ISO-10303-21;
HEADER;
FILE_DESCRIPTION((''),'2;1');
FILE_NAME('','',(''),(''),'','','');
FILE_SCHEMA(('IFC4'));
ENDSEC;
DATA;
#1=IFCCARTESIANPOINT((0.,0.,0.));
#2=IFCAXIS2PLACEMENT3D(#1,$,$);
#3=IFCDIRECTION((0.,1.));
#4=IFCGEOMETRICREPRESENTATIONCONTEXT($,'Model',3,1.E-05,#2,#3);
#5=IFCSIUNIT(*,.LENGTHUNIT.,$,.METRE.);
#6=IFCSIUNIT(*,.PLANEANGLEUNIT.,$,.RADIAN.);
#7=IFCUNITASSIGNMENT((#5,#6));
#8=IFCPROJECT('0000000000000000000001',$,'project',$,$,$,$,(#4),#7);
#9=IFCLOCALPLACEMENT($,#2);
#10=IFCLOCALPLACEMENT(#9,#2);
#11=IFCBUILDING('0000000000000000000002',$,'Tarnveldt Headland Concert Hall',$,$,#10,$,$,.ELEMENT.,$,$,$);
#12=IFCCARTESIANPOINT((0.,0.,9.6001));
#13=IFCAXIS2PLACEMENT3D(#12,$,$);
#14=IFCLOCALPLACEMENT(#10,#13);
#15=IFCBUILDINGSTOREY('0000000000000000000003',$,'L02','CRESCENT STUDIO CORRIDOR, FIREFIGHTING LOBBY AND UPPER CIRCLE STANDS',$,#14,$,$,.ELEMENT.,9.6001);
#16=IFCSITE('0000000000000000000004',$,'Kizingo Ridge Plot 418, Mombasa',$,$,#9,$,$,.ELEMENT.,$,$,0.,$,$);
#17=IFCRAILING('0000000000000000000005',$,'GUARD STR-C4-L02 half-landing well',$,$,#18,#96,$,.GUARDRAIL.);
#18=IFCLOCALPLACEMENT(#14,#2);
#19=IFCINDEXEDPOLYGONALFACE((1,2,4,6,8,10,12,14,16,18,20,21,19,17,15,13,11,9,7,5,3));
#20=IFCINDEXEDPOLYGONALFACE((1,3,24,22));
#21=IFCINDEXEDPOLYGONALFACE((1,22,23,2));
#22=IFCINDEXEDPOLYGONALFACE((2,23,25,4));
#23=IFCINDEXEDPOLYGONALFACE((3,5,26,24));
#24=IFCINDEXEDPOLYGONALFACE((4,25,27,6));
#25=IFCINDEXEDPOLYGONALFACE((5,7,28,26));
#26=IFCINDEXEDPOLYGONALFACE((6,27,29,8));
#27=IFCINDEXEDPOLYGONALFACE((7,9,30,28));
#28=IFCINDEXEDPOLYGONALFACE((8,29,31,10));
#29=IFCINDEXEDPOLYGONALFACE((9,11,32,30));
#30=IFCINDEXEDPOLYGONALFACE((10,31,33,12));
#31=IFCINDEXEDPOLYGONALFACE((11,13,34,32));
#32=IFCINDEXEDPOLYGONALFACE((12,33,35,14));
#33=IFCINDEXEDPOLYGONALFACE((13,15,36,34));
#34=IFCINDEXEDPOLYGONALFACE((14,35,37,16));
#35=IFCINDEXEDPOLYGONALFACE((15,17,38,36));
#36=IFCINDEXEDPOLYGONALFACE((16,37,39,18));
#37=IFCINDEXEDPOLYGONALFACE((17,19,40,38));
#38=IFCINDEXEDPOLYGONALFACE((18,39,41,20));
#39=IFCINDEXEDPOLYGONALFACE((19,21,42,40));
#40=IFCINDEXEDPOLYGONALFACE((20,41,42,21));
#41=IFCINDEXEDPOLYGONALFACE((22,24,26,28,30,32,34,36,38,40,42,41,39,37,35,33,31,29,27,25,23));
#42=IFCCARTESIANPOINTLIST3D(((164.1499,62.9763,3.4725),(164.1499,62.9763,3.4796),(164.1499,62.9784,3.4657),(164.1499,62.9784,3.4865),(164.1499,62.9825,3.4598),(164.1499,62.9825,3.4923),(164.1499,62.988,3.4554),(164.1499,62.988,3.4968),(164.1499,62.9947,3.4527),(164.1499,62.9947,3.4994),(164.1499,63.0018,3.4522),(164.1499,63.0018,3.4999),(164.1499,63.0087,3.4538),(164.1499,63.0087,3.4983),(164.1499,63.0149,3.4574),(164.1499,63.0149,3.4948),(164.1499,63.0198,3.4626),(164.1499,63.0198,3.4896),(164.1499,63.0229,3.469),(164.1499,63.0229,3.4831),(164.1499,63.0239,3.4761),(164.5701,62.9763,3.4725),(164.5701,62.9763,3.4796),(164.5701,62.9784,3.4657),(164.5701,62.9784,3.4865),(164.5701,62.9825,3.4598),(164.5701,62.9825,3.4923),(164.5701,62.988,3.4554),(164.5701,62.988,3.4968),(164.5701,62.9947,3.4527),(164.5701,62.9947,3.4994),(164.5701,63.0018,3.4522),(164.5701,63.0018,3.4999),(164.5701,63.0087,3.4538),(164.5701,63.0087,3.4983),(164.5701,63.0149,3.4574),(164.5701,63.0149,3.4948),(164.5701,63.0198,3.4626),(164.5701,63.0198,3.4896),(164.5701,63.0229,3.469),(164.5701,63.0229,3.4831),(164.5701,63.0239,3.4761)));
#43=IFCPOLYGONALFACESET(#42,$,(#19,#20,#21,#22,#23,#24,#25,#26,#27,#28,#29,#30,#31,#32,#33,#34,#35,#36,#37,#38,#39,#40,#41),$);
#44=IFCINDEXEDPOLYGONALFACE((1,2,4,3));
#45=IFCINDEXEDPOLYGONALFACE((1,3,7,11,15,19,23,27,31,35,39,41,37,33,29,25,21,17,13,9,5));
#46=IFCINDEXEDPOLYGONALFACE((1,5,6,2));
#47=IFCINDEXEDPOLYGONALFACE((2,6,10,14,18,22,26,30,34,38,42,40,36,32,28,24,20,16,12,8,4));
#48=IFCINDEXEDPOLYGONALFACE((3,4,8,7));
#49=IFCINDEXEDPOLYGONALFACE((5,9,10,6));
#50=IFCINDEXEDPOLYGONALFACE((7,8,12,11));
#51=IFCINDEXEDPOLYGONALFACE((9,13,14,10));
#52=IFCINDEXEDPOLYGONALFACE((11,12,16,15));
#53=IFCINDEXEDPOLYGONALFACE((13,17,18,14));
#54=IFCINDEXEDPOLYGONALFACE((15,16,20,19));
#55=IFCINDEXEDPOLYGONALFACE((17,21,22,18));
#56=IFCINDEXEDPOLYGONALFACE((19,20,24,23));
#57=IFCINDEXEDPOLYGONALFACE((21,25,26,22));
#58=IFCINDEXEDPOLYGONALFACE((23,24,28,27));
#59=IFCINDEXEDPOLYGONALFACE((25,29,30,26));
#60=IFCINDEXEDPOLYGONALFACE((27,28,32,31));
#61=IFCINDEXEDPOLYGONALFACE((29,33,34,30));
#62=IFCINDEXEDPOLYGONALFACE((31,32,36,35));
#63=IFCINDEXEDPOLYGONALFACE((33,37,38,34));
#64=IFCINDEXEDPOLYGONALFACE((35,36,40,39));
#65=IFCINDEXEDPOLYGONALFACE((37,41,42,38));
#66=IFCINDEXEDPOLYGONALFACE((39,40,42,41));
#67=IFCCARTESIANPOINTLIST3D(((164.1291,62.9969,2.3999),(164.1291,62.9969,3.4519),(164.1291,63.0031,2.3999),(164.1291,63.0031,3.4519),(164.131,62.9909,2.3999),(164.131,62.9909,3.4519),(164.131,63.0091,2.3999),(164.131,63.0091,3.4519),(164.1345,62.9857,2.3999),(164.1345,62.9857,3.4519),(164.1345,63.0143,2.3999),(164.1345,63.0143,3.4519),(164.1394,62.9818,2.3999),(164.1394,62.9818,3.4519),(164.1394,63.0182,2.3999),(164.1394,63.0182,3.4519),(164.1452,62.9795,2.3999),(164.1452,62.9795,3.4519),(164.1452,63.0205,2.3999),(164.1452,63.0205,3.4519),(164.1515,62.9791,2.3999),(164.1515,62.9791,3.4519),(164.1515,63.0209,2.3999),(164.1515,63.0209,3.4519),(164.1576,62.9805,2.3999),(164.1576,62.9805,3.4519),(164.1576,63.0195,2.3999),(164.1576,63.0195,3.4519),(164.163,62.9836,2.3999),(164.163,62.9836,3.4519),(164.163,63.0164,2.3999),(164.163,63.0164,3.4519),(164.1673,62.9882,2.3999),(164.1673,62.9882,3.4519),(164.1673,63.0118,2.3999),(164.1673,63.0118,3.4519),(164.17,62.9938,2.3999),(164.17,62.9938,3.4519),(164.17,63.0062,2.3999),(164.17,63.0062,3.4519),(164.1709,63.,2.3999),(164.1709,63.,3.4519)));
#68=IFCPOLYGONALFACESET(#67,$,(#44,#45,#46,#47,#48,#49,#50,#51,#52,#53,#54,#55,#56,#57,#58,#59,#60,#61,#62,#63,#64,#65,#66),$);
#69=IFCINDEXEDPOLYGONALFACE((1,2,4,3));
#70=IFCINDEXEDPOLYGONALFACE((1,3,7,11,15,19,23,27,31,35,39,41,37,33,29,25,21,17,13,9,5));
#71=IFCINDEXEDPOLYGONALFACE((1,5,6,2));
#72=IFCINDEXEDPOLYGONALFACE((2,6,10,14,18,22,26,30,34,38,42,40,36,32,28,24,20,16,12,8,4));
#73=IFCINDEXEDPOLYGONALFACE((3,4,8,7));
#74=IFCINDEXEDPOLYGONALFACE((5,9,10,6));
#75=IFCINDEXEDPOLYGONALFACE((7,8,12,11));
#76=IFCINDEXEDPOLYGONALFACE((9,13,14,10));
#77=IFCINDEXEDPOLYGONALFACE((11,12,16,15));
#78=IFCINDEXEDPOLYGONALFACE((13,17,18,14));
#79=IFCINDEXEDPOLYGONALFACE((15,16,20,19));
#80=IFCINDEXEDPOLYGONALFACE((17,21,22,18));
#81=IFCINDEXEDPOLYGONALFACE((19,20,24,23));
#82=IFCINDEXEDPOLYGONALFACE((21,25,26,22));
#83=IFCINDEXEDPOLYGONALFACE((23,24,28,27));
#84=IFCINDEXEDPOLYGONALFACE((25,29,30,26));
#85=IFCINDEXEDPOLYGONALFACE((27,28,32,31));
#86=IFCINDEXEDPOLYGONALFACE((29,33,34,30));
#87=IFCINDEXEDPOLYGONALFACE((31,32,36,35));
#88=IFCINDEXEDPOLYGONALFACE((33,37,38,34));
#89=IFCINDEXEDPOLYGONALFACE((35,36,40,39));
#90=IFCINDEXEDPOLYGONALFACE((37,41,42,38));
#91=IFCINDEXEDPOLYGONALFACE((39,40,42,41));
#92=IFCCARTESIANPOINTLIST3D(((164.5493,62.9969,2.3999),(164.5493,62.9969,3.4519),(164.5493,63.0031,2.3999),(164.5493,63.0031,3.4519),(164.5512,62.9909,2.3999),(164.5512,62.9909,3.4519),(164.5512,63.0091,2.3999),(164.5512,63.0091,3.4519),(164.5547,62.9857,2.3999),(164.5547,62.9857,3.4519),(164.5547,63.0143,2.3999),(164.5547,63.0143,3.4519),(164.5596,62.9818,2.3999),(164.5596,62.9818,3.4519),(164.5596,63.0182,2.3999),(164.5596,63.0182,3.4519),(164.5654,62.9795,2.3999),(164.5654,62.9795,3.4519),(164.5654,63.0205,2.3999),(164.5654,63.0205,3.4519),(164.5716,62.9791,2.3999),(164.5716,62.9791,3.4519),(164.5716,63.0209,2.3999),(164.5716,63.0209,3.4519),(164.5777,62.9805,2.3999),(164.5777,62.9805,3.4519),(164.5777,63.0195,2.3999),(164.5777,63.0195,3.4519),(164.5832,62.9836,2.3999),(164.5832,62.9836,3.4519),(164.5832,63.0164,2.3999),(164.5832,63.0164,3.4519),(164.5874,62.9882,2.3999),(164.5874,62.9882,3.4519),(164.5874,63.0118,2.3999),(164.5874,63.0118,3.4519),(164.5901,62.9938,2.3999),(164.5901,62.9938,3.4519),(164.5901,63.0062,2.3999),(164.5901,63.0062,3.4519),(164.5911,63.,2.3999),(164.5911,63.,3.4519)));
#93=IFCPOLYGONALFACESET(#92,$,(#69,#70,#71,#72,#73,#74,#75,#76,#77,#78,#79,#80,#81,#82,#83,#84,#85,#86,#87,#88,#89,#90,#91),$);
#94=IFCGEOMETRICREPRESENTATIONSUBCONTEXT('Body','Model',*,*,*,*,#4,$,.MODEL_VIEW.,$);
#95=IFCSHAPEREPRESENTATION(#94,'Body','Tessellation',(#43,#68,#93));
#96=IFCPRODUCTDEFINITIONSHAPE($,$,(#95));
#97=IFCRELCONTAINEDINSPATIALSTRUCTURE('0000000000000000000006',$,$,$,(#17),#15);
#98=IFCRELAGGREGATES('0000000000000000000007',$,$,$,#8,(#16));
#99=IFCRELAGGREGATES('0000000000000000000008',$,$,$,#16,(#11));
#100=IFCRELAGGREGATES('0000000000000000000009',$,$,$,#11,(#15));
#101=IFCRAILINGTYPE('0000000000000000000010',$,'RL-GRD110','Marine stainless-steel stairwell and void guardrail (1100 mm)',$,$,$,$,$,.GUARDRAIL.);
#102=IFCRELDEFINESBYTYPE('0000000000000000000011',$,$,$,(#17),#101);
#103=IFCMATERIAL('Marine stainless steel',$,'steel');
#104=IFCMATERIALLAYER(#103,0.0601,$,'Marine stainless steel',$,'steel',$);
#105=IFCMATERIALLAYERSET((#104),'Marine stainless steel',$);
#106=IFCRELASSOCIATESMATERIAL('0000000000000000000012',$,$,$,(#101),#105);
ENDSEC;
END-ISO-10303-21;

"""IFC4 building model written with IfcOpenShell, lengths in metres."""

from ifc_helpers import new_model, si_unit, direction, frame, origin, origin_2d, place, context, subcontext, project, spatial, circle, extrude, material, layer, layer_set, type_object, element, save


model = new_model("IFC4")

# Units and contexts
model_context = context("Model", 3, precision=1e-05, world=origin(), true_north=direction((0.0, 1.0)))
body_context = subcontext(model_context, "Body", "Model", "MODEL_VIEW")
ifc_project = project(units=[si_unit("LENGTHUNIT", "METRE"), si_unit("PLANEANGLEUNIT", "RADIAN")], contexts=[model_context])

# Site, building, storey
site_placement = place(None, origin())
site = spatial("IfcSite", under=ifc_project, at=site_placement, Name="Kizingo Ridge Plot 418, Mombasa", CompositionType="ELEMENT", RefElevation=0.0)
building_placement = place(site_placement, origin())
building = spatial("IfcBuilding", under=site, at=building_placement, Name="Tarnveldt Headland Concert Hall", CompositionType="ELEMENT")
storey_placement = place(building_placement, frame((0.0, 0.0, 9.6001)))
storey = spatial("IfcBuildingStorey", under=building, at=storey_placement, Name="L02", Description="CRESCENT STUDIO CORRIDOR, FIREFIGHTING LOBBY AND UPPER CIRCLE STANDS", CompositionType="ELEMENT", Elevation=9.6001)

# Railing
ifc_material_1 = material(Name="Marine stainless steel", Category="steel")
ifc_layer_1 = layer(ifc_material_1, 0.0601, Name="Marine stainless steel", Category="steel")
ifc_layer_set_1 = layer_set([ifc_layer_1], Name="Marine stainless steel")
railing_type_1 = type_object("IfcRailingType", Name="RL-GRD110", Description="Marine stainless-steel stairwell and void guardrail (1100 mm)", PredefinedType="GUARDRAIL", material=ifc_layer_set_1)
railing_1_placement = place(storey_placement, frame((164.1499, 63.0, 2.3999)))
element("IfcRailing", 1, at=railing_1_placement, inside=storey, type_object=railing_type_1, Name="GUARD STR-C4-L02 half-landing well", PredefinedType="GUARDRAIL", context=body_context, shape_type="SweptSolid", body=[
    extrude(circle(Radius=0.0239, at=origin_2d()), frame((0.0, 0.0, 1.0762), z_axis=(1.0, 0.0, 0.0), x_axis=(0.0, 1.0, 0.0)), (0.0, 0.0, 1.0), 0.4202),
    extrude(circle(Radius=0.021, at=origin_2d()), origin(), (0.0, 0.0, 1.0), 1.052),
    extrude(circle(Radius=0.021, at=origin_2d()), frame((0.4202, 0.0, 0.0)), (0.0, 0.0, 1.0), 1.052),
])

save(model, "model.ifc")
